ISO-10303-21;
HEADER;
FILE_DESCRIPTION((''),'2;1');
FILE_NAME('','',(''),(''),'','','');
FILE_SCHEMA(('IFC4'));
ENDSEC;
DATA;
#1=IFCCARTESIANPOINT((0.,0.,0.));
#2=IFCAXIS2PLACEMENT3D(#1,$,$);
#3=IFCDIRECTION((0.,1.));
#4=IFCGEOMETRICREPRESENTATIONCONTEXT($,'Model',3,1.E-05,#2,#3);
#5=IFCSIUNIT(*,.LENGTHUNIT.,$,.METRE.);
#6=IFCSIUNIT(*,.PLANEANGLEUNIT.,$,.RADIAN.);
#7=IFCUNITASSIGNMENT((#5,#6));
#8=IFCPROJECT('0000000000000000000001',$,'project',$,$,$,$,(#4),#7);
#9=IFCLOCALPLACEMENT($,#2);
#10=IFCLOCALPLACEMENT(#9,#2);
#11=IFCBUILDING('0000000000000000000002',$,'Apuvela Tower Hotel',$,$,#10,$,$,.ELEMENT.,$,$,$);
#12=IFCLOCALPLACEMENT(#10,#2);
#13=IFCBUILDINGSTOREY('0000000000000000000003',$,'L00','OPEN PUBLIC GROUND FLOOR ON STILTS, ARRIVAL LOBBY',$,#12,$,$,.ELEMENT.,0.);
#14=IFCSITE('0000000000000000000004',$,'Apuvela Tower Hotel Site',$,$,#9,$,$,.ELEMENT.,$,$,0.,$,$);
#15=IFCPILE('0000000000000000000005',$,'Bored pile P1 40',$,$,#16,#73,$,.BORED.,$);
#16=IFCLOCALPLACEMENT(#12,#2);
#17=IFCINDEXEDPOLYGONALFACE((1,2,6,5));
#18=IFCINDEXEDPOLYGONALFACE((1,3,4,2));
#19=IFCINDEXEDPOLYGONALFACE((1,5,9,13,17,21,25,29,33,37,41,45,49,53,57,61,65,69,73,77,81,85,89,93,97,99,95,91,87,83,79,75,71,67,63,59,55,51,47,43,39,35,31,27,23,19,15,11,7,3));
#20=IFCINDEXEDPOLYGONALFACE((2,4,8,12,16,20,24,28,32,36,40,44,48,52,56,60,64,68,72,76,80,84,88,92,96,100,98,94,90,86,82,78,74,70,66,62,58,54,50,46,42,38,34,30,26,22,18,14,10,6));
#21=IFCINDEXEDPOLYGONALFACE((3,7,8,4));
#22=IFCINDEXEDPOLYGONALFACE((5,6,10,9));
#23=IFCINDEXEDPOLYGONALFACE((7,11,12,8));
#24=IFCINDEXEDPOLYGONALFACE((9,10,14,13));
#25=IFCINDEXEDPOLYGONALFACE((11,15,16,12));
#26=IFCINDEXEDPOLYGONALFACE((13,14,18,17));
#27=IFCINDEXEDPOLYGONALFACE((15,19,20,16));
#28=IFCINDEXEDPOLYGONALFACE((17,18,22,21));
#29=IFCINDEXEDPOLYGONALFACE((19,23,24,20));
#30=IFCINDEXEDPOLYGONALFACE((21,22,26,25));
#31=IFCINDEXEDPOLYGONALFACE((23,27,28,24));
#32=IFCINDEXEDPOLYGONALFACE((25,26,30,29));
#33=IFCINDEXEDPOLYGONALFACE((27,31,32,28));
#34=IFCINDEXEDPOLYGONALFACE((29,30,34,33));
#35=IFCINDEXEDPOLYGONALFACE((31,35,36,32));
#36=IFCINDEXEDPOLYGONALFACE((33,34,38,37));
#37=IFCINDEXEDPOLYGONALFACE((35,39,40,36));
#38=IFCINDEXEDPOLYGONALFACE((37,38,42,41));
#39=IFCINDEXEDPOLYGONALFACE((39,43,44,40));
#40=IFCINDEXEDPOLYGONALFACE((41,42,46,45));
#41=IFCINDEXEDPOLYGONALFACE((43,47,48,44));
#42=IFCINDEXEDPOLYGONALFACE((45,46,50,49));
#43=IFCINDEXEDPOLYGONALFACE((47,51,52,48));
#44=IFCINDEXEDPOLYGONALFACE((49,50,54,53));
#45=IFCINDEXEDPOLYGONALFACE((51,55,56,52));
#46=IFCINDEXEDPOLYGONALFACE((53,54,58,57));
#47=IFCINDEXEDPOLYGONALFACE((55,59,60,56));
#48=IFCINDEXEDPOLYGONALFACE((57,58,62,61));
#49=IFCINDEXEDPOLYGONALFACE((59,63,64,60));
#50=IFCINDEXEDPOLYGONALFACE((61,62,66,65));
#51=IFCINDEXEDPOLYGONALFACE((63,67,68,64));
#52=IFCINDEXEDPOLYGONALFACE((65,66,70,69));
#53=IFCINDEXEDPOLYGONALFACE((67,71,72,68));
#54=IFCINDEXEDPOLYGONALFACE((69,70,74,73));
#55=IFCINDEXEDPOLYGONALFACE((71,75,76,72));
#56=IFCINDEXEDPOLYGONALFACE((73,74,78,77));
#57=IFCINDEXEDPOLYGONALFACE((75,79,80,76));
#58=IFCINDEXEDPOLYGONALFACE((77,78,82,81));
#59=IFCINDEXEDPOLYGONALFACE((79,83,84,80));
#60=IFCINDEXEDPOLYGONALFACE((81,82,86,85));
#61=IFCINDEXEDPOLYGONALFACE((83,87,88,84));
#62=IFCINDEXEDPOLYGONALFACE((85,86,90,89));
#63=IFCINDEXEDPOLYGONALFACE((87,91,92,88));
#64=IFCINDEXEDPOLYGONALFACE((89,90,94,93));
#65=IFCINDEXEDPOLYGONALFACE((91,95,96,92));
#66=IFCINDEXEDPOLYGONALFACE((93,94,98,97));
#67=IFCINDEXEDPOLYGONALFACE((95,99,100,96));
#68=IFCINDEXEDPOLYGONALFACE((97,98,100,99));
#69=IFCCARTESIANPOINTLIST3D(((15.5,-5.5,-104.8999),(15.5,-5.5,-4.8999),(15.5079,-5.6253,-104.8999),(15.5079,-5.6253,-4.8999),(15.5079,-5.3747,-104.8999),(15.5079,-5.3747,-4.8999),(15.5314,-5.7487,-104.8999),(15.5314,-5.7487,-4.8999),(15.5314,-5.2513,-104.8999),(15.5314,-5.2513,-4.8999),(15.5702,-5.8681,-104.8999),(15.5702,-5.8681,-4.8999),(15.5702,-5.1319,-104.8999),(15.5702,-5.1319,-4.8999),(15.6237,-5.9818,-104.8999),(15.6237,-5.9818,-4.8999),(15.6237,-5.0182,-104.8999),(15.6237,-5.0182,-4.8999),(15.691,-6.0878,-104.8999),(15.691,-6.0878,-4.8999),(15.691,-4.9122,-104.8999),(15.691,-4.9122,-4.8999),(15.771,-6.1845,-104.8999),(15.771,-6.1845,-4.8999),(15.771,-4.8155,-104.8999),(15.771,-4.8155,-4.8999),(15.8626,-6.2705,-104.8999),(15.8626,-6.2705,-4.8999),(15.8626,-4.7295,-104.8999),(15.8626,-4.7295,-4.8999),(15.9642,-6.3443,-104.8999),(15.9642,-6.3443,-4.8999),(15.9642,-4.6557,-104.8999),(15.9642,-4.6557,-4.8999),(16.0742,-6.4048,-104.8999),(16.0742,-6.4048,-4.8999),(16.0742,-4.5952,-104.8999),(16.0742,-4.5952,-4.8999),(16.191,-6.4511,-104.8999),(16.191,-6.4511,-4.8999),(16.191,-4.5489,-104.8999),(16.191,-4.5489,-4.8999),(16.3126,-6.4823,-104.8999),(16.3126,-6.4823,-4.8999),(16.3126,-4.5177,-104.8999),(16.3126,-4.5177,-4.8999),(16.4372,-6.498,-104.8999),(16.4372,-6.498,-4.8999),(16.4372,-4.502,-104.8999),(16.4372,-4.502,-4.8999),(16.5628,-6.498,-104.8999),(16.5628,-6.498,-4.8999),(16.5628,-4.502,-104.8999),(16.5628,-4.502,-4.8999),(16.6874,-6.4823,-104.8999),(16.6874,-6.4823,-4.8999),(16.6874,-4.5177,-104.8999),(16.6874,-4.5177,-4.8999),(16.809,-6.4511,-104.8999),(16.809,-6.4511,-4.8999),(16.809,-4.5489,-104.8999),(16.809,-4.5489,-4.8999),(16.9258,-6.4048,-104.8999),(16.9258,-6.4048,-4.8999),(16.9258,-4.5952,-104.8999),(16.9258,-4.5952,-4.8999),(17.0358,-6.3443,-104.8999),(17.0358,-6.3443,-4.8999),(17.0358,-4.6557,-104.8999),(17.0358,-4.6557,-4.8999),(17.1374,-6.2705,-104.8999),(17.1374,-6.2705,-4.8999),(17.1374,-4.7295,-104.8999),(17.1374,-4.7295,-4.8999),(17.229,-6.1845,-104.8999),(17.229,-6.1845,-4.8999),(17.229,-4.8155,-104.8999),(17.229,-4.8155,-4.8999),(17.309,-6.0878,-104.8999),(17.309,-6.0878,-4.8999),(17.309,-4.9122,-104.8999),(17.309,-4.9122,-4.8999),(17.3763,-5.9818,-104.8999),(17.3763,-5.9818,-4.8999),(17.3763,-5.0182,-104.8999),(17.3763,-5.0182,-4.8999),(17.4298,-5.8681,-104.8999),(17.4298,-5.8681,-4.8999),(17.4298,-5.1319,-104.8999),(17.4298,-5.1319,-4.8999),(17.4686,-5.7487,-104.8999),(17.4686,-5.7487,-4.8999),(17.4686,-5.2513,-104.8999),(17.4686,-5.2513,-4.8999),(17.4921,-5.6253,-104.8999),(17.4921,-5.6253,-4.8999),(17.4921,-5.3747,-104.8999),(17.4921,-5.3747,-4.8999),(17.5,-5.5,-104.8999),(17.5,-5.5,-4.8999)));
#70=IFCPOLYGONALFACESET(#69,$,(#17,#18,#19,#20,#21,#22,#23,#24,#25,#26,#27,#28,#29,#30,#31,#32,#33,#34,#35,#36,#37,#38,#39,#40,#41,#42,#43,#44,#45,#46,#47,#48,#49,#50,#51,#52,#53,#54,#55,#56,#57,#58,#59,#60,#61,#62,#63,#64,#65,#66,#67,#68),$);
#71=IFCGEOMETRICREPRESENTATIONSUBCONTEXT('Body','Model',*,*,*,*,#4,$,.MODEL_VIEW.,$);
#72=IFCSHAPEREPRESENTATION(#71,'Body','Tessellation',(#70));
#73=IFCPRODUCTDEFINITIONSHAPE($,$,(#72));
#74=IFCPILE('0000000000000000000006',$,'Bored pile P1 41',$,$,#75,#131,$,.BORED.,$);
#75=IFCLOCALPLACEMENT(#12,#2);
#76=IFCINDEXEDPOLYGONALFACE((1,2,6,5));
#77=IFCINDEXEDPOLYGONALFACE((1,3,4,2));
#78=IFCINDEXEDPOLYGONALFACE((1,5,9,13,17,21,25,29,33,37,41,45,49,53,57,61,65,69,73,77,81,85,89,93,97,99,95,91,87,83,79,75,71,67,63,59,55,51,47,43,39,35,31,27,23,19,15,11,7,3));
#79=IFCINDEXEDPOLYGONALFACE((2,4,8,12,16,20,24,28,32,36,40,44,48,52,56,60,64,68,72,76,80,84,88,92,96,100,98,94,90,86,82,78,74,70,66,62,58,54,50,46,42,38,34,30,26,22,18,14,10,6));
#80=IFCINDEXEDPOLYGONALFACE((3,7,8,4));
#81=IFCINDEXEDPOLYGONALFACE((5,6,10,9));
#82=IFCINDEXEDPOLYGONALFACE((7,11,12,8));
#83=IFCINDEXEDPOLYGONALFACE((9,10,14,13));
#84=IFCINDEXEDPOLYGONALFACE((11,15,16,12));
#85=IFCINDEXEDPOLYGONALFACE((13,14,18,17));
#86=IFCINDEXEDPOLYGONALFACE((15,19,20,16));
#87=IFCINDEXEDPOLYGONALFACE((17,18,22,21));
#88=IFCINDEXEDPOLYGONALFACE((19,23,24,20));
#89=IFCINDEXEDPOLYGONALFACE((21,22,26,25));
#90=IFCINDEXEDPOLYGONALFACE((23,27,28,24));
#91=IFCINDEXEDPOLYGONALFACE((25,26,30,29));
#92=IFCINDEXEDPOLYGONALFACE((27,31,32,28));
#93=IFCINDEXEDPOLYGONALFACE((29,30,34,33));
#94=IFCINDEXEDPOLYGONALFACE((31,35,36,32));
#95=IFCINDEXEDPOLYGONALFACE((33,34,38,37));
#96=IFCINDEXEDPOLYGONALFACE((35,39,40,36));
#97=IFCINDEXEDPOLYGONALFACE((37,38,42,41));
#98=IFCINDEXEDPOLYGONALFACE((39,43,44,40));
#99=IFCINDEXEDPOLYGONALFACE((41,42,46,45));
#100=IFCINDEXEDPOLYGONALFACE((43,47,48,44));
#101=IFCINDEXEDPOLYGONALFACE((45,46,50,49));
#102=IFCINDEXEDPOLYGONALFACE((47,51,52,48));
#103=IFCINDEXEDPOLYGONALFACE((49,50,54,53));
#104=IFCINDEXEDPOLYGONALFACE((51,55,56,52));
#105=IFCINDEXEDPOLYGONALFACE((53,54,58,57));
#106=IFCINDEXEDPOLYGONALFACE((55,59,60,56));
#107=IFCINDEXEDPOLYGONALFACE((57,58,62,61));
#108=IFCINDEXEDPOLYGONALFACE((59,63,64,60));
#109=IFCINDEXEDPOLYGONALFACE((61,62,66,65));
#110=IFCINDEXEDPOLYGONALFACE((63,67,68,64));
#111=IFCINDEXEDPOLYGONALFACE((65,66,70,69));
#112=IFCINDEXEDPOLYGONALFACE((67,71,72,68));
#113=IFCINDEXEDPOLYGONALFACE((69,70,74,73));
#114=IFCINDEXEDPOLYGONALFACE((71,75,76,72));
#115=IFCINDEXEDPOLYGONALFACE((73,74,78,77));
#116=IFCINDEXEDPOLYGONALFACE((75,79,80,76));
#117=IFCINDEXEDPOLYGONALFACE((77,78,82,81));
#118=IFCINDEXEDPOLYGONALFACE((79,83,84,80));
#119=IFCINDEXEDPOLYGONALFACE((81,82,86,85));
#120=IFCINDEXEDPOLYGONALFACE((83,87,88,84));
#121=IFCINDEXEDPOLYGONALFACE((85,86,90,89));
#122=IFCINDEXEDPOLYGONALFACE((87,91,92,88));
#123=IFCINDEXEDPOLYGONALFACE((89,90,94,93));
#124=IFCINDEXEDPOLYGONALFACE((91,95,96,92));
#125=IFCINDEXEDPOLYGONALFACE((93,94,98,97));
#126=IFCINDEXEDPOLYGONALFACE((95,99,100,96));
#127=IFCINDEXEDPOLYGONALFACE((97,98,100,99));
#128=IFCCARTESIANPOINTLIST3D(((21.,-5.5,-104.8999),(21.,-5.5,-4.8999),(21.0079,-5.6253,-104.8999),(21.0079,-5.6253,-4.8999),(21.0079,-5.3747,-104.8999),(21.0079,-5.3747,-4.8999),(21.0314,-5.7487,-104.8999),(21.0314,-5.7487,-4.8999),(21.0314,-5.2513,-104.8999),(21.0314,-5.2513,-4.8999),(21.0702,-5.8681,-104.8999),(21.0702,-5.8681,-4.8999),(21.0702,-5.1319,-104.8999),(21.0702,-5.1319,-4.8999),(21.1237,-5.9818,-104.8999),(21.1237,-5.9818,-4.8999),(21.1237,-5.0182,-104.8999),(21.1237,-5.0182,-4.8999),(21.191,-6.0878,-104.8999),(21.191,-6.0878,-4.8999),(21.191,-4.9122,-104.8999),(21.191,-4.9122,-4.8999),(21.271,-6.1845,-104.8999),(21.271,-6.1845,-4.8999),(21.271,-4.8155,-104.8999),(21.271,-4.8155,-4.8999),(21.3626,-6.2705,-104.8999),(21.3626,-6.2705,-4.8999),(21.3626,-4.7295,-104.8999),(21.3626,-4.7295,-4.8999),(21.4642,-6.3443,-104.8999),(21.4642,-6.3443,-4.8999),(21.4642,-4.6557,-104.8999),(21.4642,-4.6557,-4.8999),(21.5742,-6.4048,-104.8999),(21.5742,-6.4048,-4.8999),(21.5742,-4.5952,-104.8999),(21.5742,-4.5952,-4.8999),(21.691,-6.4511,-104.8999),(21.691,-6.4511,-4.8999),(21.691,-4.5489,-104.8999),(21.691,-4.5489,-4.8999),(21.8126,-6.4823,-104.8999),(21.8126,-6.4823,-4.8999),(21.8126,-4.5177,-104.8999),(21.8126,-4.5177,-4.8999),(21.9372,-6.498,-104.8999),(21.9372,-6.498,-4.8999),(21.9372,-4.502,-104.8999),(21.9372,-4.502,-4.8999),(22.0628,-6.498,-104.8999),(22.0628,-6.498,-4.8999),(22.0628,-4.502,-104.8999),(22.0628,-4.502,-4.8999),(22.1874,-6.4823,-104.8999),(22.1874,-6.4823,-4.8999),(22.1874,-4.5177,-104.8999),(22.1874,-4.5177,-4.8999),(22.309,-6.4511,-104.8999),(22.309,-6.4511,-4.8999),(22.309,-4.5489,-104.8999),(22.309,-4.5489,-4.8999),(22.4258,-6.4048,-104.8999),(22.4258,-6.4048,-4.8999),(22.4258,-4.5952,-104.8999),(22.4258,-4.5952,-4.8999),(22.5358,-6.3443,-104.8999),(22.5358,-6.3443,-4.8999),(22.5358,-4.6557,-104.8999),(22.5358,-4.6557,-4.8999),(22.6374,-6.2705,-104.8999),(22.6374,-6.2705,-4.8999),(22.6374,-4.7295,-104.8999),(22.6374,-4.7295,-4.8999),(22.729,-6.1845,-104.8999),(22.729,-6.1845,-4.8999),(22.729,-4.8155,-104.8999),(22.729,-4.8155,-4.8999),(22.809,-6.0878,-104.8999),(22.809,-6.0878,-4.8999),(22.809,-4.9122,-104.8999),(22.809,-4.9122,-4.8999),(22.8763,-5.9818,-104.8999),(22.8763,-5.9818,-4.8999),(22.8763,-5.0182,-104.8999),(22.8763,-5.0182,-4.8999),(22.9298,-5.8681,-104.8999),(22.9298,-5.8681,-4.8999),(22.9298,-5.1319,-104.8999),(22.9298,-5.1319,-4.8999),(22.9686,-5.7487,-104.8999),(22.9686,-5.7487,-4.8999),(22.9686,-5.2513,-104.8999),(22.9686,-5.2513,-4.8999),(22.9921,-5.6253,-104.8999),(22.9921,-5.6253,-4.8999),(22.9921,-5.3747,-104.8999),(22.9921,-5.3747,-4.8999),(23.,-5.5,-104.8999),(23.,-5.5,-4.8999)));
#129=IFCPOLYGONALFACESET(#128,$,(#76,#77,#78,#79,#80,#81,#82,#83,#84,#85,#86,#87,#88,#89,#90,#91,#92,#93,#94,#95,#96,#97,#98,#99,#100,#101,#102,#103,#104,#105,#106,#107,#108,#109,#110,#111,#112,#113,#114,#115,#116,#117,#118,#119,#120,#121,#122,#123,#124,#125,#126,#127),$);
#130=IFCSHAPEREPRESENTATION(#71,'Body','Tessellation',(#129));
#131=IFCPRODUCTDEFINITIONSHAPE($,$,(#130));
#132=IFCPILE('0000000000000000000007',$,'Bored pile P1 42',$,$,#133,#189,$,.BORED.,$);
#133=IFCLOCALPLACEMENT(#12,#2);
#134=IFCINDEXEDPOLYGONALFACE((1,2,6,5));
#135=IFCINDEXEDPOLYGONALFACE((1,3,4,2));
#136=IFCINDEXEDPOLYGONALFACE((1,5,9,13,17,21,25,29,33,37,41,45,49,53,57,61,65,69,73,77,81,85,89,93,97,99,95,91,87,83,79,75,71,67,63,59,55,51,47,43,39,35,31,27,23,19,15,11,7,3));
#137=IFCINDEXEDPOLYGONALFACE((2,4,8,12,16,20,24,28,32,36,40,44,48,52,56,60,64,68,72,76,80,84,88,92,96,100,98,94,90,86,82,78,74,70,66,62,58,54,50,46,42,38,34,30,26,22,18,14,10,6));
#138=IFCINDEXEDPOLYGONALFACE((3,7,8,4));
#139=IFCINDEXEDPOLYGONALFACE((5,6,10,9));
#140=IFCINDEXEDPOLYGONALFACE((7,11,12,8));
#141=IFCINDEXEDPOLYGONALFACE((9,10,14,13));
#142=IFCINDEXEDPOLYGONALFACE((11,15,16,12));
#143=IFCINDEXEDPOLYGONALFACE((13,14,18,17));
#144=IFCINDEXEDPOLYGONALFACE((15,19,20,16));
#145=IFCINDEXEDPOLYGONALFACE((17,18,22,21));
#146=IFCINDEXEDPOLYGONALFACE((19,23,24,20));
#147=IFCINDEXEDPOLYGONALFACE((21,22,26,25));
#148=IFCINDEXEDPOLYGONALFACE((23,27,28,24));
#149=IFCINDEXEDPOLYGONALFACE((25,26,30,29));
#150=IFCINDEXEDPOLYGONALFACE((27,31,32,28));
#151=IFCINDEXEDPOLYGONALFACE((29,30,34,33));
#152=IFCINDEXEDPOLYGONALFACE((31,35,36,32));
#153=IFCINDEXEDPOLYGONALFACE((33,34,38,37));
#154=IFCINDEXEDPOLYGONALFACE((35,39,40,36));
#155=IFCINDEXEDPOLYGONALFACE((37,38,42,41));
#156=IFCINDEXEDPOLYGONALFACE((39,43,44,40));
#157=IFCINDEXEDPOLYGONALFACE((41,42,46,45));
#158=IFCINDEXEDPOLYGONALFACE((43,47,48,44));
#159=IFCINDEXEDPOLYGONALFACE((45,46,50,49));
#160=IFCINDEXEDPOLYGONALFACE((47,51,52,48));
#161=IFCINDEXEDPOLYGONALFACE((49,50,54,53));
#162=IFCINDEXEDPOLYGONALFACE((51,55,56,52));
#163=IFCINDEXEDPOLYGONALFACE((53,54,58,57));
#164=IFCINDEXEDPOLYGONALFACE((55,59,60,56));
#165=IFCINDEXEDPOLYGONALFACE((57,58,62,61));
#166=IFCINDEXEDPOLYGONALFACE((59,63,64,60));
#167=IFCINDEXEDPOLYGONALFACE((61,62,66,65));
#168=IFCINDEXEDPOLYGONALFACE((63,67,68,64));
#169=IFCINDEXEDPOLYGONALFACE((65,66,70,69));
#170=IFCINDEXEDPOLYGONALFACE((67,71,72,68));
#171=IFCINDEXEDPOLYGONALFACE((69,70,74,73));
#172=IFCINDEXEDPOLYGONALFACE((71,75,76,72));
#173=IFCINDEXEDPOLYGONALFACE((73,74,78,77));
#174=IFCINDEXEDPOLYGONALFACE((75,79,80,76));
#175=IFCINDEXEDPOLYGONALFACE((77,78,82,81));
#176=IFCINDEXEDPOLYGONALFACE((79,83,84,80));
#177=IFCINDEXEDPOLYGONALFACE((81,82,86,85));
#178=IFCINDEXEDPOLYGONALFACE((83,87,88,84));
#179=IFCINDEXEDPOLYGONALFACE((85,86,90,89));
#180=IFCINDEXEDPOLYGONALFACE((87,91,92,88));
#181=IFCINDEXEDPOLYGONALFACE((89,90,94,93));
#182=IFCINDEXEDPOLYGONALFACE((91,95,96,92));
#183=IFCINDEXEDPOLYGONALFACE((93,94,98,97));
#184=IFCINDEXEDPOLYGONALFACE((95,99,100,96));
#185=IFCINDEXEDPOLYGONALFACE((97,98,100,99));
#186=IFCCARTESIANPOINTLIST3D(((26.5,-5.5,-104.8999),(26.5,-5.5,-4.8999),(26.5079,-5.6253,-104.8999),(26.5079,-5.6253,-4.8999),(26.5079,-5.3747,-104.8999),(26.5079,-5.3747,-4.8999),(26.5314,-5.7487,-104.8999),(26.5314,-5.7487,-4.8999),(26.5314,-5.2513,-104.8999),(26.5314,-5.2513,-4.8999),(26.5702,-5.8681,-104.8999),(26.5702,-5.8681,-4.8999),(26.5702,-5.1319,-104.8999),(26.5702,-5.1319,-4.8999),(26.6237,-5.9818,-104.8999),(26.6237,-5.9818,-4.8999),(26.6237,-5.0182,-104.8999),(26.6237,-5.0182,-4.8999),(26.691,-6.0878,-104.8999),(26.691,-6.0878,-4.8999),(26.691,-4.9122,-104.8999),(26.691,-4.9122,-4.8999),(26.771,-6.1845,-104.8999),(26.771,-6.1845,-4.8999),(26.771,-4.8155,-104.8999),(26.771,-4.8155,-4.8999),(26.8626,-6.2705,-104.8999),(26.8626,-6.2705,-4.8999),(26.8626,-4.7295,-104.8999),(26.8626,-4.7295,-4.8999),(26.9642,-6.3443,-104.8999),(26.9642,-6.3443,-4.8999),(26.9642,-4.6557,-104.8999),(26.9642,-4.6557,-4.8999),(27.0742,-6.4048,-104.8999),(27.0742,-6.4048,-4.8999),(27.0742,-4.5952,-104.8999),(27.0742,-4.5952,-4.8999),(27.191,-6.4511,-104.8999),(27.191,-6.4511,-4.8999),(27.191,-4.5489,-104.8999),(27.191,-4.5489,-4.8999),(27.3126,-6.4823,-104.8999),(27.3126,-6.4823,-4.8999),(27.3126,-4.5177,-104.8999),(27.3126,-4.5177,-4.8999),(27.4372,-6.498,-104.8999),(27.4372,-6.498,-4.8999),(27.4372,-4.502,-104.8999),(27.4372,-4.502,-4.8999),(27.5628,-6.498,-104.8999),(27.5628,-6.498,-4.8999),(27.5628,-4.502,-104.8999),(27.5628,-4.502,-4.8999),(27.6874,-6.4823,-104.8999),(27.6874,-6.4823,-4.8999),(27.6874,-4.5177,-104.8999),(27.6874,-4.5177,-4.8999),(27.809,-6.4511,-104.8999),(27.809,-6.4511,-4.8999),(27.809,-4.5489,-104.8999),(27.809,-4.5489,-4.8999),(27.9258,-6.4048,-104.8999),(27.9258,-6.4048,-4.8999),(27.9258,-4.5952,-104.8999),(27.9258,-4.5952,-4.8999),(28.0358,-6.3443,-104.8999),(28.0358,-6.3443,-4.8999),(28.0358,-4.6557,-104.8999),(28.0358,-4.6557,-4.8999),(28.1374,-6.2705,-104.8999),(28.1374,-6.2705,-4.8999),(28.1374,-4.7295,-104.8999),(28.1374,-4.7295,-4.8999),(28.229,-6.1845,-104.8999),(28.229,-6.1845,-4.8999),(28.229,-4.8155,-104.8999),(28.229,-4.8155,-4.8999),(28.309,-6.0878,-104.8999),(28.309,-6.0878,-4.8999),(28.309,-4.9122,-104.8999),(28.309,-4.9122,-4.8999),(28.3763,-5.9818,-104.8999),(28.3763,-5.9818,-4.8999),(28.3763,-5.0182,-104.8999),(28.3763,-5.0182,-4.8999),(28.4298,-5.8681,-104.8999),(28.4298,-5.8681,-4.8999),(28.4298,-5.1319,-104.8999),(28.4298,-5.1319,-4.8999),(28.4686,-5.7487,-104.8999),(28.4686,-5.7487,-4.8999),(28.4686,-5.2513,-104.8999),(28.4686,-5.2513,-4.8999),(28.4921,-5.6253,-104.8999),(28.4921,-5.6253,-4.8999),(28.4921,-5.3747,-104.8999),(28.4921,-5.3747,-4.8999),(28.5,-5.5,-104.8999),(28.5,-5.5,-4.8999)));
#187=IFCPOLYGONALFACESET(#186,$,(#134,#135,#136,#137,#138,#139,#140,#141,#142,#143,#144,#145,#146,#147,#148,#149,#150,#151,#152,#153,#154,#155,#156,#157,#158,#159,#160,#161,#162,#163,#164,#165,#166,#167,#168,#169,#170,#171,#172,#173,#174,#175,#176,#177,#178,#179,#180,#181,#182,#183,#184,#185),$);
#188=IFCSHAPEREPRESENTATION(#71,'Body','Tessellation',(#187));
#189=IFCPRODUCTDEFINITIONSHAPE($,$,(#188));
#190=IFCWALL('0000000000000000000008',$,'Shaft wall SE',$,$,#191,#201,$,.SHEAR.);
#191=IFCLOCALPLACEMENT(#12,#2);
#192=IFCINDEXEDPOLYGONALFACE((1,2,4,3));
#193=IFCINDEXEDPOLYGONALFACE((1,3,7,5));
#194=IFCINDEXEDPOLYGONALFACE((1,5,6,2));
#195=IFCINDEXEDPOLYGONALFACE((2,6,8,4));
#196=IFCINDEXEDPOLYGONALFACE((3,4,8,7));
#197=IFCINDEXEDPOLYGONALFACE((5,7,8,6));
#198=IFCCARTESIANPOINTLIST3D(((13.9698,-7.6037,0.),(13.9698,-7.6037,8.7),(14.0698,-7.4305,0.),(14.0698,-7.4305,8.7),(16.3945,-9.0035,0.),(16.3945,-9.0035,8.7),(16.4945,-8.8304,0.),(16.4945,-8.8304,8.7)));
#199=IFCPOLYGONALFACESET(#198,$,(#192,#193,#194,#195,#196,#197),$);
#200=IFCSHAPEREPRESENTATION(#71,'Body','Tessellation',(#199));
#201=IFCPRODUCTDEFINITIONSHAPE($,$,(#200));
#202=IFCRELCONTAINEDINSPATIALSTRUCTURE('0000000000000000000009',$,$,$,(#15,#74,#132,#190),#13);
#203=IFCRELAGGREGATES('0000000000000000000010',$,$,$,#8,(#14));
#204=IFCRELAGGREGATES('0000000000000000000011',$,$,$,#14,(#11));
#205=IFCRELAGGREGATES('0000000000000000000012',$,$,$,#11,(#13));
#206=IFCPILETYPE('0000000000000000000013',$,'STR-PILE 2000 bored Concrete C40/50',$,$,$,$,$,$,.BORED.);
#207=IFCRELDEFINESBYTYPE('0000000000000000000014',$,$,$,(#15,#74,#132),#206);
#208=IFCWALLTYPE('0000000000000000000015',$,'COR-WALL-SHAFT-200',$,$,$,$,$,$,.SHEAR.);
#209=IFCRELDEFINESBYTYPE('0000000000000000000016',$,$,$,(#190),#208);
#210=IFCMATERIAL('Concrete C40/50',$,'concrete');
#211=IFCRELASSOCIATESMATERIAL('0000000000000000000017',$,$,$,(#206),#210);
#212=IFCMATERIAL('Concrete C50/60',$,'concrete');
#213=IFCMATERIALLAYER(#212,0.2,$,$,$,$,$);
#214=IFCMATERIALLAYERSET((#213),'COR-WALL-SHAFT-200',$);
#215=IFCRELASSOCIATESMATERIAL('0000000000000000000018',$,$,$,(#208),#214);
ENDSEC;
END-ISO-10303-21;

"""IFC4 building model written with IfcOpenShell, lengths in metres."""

from ifc_helpers import new_model, si_unit, direction, frame, frame_2d, origin, origin_2d, place, context, subcontext, project, spatial, rectangle, circle, extrude, material, layer, layer_set, material_profile, profile_set, type_object, element, save


model = new_model("IFC4")

# Units and contexts
model_context = context("Model", 3, precision=1e-05, world=origin(), true_north=direction((0.0, 1.0)))
body_context = subcontext(model_context, "Body", "Model", "MODEL_VIEW")
ifc_project = project(units=[si_unit("LENGTHUNIT", "METRE"), si_unit("PLANEANGLEUNIT", "RADIAN")], contexts=[model_context])

# Site, building, storey
site_placement = place(None, origin())
site = spatial("IfcSite", under=ifc_project, at=site_placement, Name="Apuvela Tower Hotel Site", CompositionType="ELEMENT", RefElevation=0.0)
building_placement = place(site_placement, origin())
building = spatial("IfcBuilding", under=site, at=building_placement, Name="Apuvela Tower Hotel", CompositionType="ELEMENT")
storey_placement = place(building_placement, origin())
storey = spatial("IfcBuildingStorey", under=building, at=storey_placement, Name="L00", Description="OPEN PUBLIC GROUND FLOOR ON STILTS, ARRIVAL LOBBY", CompositionType="ELEMENT", Elevation=0.0)

# Piles
ifc_material_1 = material(Name="Concrete C40/50", Category="concrete")
ifc_material_profile = material_profile(ifc_material_1, circle(Radius=1.0, at=origin_2d()), Name="PILE 2000")
ifc_profile_set = profile_set([ifc_material_profile], Name="Concrete C40/50")
pile_type = type_object("IfcPileType", Name="STR-PILE 2000 bored Concrete C40/50", PredefinedType="BORED", material=ifc_profile_set)
for number, where, z_axis, x_axis, name in (
    (1, (16.5, -5.5, -4.8999), (0.0, 0.0, -1.0), (1.0, 0.0, 0.0), "Bored pile P1 40"),
    (2, (22.0, -5.5, -4.8999), (0.0, 0.0, -1.0), (1.0, 0.0, 0.0), "Bored pile P1 41"),
    (3, (27.5, -5.5, -4.8999), (0.0, 0.0, -1.0), (1.0, 0.0, 0.0), "Bored pile P1 42"),
):
    element("IfcPile", number, at=place(storey_placement, frame(where, z_axis=z_axis, x_axis=x_axis)), inside=storey, type_object=pile_type, Name=name, PredefinedType="BORED", context=body_context, shape_type="SweptSolid", body=[
        extrude(circle(Radius=1.0, at=origin_2d()), origin(), (0.0, 0.0, 1.0), 100.0),
    ])

# Wall
ifc_material_2 = material(Name="Concrete C50/60", Category="concrete")
ifc_layer = layer(ifc_material_2, 0.2)
ifc_layer_set = layer_set([ifc_layer], Name="COR-WALL-SHAFT-200")
wall_type = type_object("IfcWallType", Name="COR-WALL-SHAFT-200", PredefinedType="SHEAR", material=ifc_layer_set)
wall_1_placement = place(storey_placement, frame((14.0198, -7.5171, 0.0), z_axis=(0.0, 0.0, 1.0), x_axis=(0.866035, -0.499984, 0.0)))
element("IfcWall", 4, at=wall_1_placement, inside=storey, type_object=wall_type, Name="Shaft wall SE", PredefinedType="SHEAR", context=body_context, shape_type="SweptSolid", body=[
    extrude(rectangle(XDim=2.7998, YDim=0.2, at=frame_2d((1.3999, 0.0))), origin(), (0.0, 0.0, 1.0), 8.7),
])

save(model, "model.ifc")
